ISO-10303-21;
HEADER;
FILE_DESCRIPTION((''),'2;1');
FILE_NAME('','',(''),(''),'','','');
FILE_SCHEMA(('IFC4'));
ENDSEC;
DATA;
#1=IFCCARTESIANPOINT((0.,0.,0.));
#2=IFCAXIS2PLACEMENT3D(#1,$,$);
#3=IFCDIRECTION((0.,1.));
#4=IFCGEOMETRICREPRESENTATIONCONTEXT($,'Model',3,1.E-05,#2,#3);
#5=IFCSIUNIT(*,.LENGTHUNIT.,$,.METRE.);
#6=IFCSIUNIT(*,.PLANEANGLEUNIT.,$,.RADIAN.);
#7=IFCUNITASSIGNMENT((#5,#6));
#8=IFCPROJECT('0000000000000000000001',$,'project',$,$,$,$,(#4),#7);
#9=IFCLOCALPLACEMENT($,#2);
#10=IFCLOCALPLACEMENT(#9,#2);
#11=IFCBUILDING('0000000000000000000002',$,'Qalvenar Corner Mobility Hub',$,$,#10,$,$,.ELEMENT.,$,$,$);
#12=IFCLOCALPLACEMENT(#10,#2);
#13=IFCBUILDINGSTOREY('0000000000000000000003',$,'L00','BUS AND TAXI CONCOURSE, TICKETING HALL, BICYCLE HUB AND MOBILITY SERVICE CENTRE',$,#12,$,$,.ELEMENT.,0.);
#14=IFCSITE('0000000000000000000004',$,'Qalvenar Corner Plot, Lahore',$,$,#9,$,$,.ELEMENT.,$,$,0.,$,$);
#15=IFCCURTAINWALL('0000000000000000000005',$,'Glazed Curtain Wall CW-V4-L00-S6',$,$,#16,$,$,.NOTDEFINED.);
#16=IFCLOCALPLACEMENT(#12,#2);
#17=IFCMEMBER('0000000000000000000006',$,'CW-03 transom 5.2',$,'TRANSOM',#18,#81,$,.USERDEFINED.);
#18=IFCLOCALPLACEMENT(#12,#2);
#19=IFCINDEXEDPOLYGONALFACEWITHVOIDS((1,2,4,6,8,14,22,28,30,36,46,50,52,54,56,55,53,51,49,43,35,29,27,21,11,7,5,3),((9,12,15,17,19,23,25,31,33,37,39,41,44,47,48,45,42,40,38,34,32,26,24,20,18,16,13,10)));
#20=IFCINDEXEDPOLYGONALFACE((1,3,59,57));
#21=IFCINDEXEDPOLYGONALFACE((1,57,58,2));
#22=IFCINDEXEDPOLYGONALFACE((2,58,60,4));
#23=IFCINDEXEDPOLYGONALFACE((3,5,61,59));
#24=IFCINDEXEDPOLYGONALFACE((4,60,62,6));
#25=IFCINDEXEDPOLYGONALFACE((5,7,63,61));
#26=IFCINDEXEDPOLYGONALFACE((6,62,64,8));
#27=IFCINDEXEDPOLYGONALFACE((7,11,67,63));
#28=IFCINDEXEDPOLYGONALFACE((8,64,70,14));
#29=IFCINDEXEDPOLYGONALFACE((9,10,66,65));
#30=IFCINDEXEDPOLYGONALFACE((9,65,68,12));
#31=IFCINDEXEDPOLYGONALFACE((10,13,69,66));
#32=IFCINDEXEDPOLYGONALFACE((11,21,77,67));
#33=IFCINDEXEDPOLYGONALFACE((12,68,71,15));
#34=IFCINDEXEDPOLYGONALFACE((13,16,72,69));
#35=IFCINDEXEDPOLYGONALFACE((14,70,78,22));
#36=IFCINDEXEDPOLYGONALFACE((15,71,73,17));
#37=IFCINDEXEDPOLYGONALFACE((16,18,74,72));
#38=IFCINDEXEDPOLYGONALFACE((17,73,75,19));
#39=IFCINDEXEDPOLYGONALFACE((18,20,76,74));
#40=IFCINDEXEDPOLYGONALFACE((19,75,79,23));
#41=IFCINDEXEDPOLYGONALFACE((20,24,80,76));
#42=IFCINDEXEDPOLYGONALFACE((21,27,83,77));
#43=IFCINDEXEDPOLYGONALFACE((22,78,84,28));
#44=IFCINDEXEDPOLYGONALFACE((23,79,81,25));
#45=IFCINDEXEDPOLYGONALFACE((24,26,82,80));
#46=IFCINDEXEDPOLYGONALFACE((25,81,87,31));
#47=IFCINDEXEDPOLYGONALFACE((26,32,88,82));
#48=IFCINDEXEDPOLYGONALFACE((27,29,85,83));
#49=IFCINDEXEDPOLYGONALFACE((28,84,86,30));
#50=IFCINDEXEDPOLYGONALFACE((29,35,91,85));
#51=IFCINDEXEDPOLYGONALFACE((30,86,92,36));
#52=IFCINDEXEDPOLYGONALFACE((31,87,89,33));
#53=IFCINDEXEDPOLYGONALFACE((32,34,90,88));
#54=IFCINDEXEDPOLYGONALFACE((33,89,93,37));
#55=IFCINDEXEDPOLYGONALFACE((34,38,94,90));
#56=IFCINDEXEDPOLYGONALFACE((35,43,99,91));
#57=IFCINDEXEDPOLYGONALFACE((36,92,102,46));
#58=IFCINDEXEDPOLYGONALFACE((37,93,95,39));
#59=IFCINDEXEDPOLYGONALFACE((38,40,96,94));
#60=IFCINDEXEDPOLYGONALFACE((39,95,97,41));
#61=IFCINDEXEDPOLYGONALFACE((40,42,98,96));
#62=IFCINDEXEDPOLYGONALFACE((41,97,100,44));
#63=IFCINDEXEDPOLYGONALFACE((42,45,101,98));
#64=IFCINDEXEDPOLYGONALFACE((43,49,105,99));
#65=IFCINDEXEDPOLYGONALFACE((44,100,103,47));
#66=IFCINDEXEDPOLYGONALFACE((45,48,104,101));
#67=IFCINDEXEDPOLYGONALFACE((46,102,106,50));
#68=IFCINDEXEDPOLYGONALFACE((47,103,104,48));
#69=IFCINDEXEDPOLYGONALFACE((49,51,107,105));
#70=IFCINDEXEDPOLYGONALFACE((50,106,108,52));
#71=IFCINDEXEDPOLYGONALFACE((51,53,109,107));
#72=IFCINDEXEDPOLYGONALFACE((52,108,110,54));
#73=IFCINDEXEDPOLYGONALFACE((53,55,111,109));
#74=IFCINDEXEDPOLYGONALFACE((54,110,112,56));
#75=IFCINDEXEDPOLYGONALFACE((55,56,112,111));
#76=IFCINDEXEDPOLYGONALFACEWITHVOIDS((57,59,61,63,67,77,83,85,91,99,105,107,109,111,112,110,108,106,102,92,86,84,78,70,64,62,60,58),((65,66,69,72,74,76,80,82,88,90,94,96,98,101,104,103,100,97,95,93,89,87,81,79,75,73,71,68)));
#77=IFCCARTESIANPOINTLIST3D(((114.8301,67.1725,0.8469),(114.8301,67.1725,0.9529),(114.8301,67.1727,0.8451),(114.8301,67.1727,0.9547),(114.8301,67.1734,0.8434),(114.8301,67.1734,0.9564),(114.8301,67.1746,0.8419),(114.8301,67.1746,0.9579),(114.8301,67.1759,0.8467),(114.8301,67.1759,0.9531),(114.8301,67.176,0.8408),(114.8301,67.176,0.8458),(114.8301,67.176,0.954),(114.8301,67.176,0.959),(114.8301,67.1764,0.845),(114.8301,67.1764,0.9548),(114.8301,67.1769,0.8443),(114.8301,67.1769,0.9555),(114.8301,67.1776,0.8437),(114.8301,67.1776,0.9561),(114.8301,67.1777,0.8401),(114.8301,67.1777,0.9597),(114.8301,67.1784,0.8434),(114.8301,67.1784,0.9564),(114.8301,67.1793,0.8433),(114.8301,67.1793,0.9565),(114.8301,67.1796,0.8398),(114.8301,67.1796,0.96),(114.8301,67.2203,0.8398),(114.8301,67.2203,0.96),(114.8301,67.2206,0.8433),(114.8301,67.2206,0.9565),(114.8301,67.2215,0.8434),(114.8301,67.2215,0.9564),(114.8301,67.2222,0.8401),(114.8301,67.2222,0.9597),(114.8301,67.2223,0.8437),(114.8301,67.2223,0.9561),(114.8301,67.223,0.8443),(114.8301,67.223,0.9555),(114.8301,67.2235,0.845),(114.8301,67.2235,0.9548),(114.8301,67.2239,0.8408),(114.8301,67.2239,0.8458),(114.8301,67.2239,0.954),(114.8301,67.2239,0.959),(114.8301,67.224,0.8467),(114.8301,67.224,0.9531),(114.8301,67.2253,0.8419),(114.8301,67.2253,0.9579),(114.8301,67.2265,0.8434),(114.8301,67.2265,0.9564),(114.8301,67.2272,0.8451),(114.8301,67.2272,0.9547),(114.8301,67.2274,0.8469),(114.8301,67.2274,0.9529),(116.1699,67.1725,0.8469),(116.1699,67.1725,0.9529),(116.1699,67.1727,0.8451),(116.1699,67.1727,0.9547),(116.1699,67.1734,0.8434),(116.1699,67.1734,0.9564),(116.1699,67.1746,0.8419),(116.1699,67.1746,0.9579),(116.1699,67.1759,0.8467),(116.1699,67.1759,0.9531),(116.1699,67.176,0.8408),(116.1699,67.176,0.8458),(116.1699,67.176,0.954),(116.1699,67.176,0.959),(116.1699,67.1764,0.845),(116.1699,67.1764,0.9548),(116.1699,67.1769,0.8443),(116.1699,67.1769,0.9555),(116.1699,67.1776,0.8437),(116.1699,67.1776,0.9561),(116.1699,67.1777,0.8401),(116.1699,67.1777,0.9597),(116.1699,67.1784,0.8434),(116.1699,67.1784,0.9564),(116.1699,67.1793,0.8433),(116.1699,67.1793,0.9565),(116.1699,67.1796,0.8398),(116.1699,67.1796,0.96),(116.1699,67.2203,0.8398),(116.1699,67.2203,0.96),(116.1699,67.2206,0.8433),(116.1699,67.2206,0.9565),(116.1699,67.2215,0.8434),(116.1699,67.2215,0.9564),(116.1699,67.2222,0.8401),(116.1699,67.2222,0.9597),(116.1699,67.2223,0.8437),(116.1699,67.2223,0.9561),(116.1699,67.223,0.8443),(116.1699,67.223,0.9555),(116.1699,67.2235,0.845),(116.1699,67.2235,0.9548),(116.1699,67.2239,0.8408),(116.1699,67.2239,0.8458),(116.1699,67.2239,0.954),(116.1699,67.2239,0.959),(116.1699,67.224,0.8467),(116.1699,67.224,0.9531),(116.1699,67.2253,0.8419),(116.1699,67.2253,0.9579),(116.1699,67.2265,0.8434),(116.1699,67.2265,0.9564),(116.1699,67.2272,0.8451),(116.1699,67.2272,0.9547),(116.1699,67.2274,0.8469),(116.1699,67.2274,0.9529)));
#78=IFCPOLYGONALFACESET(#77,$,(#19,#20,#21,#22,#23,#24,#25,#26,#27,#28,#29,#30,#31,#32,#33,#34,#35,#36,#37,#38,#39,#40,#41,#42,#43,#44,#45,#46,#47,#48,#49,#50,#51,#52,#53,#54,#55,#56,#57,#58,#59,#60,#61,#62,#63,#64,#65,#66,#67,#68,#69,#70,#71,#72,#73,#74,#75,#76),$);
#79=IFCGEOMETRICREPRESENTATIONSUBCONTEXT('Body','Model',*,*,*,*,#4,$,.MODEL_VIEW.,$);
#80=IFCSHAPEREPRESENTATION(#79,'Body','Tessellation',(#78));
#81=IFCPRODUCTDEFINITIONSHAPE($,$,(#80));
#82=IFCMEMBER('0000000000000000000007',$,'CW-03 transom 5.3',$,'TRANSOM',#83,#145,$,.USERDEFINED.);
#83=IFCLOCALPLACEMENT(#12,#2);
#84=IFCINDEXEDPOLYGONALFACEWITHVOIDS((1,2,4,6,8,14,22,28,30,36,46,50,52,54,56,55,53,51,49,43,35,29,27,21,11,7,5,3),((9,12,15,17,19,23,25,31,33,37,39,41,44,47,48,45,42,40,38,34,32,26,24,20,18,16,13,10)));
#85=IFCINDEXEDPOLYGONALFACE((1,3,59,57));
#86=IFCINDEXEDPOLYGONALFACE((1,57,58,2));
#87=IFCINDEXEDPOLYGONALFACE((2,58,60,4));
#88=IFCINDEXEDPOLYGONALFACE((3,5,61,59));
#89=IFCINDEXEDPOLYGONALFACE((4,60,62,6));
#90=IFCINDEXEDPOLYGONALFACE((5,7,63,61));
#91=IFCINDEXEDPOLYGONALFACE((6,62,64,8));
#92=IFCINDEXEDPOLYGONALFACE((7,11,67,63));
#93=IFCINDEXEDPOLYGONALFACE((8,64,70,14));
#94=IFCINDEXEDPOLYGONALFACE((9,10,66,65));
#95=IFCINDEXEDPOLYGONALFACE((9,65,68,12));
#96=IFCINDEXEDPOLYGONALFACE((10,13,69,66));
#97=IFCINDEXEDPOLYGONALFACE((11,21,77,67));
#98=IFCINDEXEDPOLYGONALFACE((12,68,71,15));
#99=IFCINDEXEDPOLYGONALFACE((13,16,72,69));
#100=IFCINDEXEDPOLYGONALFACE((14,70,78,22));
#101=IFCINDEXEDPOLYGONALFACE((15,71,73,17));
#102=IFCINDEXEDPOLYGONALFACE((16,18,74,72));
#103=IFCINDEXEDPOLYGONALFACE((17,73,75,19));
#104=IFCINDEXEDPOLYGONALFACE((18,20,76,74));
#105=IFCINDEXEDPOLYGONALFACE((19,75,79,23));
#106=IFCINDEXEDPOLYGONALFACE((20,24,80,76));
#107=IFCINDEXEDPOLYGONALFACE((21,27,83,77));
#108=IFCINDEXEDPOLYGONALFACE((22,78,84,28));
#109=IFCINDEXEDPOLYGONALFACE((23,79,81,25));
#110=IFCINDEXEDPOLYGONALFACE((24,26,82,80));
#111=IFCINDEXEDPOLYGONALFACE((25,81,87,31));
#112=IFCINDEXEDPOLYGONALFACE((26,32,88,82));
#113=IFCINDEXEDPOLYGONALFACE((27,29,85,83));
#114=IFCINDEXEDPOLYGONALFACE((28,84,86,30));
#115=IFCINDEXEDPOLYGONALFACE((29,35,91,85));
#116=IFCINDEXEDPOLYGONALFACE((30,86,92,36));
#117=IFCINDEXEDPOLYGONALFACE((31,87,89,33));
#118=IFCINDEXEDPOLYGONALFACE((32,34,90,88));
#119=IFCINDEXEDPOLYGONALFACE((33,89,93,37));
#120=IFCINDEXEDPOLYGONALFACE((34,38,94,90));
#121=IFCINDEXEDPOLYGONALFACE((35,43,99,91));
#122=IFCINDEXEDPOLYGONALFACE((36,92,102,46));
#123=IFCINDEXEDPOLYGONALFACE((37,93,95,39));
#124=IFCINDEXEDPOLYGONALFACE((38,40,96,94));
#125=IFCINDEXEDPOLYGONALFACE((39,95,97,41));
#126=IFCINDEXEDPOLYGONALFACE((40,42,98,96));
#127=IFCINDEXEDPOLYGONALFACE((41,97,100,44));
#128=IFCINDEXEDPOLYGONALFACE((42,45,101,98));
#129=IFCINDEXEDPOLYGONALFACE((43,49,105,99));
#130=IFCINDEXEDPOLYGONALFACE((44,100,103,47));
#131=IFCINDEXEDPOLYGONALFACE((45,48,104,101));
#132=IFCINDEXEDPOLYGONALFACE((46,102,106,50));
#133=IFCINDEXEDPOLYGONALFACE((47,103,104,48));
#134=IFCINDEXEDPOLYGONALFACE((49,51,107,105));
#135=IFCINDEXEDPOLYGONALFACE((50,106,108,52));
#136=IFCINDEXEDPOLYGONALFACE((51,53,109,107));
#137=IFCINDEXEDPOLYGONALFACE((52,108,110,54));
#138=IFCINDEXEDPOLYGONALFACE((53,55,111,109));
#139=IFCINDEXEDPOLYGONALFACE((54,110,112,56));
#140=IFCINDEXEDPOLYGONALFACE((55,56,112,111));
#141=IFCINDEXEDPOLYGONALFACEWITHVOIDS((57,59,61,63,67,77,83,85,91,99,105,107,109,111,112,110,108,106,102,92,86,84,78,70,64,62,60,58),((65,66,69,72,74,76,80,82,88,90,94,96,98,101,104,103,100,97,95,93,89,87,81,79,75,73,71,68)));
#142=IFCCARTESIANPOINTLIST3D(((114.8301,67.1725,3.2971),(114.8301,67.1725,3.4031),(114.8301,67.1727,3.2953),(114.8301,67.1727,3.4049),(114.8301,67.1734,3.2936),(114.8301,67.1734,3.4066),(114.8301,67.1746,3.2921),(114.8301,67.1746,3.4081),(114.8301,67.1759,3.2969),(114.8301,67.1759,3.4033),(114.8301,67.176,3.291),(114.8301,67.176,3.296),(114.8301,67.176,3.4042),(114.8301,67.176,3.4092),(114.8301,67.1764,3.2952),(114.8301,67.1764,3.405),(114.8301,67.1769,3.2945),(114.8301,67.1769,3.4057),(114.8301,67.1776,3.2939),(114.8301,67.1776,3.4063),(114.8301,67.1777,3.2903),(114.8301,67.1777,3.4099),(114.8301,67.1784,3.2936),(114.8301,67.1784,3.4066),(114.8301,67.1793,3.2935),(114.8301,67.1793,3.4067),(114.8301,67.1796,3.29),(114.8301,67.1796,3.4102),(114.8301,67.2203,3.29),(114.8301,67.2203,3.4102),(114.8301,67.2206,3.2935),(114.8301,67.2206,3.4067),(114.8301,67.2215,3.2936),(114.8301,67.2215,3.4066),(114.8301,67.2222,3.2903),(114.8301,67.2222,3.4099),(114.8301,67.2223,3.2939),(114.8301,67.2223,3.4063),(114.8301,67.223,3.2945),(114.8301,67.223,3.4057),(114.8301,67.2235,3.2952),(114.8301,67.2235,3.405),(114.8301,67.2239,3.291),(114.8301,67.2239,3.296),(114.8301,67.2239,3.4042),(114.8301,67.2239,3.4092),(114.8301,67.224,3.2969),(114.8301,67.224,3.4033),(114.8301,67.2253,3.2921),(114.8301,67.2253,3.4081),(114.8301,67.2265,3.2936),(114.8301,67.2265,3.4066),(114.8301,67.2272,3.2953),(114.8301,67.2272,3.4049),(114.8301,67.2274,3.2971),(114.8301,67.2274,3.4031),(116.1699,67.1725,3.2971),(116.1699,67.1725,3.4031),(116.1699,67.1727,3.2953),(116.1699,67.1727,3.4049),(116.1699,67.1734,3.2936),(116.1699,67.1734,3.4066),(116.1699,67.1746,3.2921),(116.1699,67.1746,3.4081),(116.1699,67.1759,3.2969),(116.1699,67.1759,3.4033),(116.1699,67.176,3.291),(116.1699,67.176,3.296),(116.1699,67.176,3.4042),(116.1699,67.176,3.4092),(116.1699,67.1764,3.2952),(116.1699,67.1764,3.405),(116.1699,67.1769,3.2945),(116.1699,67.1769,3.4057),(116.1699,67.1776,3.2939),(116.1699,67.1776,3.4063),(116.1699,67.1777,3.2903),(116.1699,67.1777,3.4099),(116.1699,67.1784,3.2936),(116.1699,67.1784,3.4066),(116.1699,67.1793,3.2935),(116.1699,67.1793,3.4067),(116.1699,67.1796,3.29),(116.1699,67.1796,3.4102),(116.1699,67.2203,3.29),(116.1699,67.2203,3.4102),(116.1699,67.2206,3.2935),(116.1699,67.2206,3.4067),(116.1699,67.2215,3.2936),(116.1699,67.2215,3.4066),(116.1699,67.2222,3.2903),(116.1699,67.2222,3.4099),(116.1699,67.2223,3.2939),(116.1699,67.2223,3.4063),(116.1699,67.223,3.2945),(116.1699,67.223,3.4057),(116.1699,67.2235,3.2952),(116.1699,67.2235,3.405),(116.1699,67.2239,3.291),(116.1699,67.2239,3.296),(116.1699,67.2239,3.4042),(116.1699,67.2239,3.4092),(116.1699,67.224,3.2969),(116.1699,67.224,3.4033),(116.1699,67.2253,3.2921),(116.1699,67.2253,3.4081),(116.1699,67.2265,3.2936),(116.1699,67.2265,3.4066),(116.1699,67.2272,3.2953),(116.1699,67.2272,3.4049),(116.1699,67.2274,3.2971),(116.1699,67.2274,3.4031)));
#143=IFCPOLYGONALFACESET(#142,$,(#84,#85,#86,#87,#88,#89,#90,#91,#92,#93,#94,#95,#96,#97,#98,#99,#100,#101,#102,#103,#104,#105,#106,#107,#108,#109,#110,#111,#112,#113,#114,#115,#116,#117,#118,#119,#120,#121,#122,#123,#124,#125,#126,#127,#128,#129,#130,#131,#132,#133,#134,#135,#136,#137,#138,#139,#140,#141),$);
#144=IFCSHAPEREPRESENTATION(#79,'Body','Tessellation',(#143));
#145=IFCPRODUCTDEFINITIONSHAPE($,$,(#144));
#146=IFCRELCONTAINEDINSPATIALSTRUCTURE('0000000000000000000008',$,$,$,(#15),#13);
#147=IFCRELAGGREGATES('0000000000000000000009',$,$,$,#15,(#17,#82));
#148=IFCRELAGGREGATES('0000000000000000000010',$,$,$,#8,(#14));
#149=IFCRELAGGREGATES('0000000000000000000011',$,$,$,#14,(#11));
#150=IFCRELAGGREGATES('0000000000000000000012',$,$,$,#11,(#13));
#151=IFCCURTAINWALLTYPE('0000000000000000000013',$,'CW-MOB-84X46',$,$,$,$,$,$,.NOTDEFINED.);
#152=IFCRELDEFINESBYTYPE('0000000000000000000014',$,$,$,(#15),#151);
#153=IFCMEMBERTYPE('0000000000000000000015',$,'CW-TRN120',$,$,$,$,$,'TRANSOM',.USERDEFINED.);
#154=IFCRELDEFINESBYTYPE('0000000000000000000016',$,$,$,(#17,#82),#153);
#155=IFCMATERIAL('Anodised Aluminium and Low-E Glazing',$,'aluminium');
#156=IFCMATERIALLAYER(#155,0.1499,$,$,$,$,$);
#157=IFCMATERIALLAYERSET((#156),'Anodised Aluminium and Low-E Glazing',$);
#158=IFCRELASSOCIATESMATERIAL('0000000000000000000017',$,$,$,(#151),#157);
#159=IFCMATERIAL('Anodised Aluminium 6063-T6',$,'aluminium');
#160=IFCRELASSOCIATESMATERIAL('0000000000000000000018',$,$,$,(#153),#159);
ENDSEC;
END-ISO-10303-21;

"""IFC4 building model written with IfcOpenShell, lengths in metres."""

from ifc_helpers import new_model, si_unit, direction, frame, origin, origin_2d, place, context, subcontext, project, spatial, hollow_rectangle, extrude, material, layer, layer_set, material_profile, profile_set, type_object, element, aggregate, save


model = new_model("IFC4")

# Units and contexts
model_context = context("Model", 3, precision=1e-05, world=origin(), true_north=direction((0.0, 1.0)))
body_context = subcontext(model_context, "Body", "Model", "MODEL_VIEW")
ifc_project = project(units=[si_unit("LENGTHUNIT", "METRE"), si_unit("PLANEANGLEUNIT", "RADIAN")], contexts=[model_context])

# Site, building, storey
site_placement = place(None, origin())
site = spatial("IfcSite", under=ifc_project, at=site_placement, Name="Qalvenar Corner Plot, Lahore", CompositionType="ELEMENT", RefElevation=0.0)
building_placement = place(site_placement, origin())
building = spatial("IfcBuilding", under=site, at=building_placement, Name="Qalvenar Corner Mobility Hub", CompositionType="ELEMENT")
storey_placement = place(building_placement, origin())
storey = spatial("IfcBuildingStorey", under=building, at=storey_placement, Name="L00", Description="BUS AND TAXI CONCOURSE, TICKETING HALL, BICYCLE HUB AND MOBILITY SERVICE CENTRE", CompositionType="ELEMENT", Elevation=0.0)

# Curtain wall, members
ifc_material_1 = material(Name="Anodised Aluminium and Low-E Glazing", Category="aluminium")
ifc_layer_1 = layer(ifc_material_1, 0.1499)
ifc_layer_set_1 = layer_set([ifc_layer_1], Name="Anodised Aluminium and Low-E Glazing")
curtain_wall_type = type_object("IfcCurtainWallType", Name="CW-MOB-84X46", PredefinedType="NOTDEFINED", material=ifc_layer_set_1)
curtain_wall_placement = place(storey_placement, origin())
curtain_wall = element("IfcCurtainWall", 1, at=curtain_wall_placement, inside=storey, type_object=curtain_wall_type, Name="Glazed Curtain Wall CW-V4-L00-S6", PredefinedType="NOTDEFINED")
ifc_material_2 = material(Name="Anodised Aluminium 6063-T6", Category="aluminium")
ifc_material_profile_1 = material_profile(ifc_material_2, hollow_rectangle(XDim=0.0549, YDim=0.1201, WallThickness=0.0034, InnerFilletRadius=0.0034, OuterFilletRadius=0.0071, at=origin_2d()), Name="RHS120x55x3.5")
ifc_profile_set_1 = profile_set([ifc_material_profile_1], Name="Anodised Aluminium 6063-T6")
member_type_1 = type_object("IfcMemberType", Name="CW-TRN120", ElementType="TRANSOM", PredefinedType="USERDEFINED", material=ifc_profile_set_1)
member_1_placement = place(storey_placement, frame((114.8301, 67.2, 0.8999), z_axis=(1.0, 0.0, 0.0), x_axis=(0.0, 1.0, 0.0)))
member_1 = element("IfcMember", 2, at=member_1_placement, type_object=member_type_1, Name="CW-03 transom 5.2", ObjectType="TRANSOM", PredefinedType="USERDEFINED", context=body_context, shape_type="SweptSolid", body=[
    extrude(hollow_rectangle(XDim=0.0549, YDim=0.1201, WallThickness=0.0034, InnerFilletRadius=0.0034, OuterFilletRadius=0.0071, at=origin_2d()), origin(), (0.0, 0.0, 1.0), 1.3398),
])
member_2_placement = place(storey_placement, frame((114.8301, 67.2, 3.3501), z_axis=(1.0, 0.0, 0.0), x_axis=(0.0, 1.0, 0.0)))
member_2 = element("IfcMember", 3, at=member_2_placement, type_object=member_type_1, Name="CW-03 transom 5.3", ObjectType="TRANSOM", PredefinedType="USERDEFINED", context=body_context, shape_type="SweptSolid", body=[
    extrude(hollow_rectangle(XDim=0.0549, YDim=0.1201, WallThickness=0.0034, InnerFilletRadius=0.0034, OuterFilletRadius=0.0071, at=origin_2d()), origin(), (0.0, 0.0, 1.0), 1.3398),
])
aggregate(curtain_wall, [member_1, member_2])

save(model, "model.ifc")
